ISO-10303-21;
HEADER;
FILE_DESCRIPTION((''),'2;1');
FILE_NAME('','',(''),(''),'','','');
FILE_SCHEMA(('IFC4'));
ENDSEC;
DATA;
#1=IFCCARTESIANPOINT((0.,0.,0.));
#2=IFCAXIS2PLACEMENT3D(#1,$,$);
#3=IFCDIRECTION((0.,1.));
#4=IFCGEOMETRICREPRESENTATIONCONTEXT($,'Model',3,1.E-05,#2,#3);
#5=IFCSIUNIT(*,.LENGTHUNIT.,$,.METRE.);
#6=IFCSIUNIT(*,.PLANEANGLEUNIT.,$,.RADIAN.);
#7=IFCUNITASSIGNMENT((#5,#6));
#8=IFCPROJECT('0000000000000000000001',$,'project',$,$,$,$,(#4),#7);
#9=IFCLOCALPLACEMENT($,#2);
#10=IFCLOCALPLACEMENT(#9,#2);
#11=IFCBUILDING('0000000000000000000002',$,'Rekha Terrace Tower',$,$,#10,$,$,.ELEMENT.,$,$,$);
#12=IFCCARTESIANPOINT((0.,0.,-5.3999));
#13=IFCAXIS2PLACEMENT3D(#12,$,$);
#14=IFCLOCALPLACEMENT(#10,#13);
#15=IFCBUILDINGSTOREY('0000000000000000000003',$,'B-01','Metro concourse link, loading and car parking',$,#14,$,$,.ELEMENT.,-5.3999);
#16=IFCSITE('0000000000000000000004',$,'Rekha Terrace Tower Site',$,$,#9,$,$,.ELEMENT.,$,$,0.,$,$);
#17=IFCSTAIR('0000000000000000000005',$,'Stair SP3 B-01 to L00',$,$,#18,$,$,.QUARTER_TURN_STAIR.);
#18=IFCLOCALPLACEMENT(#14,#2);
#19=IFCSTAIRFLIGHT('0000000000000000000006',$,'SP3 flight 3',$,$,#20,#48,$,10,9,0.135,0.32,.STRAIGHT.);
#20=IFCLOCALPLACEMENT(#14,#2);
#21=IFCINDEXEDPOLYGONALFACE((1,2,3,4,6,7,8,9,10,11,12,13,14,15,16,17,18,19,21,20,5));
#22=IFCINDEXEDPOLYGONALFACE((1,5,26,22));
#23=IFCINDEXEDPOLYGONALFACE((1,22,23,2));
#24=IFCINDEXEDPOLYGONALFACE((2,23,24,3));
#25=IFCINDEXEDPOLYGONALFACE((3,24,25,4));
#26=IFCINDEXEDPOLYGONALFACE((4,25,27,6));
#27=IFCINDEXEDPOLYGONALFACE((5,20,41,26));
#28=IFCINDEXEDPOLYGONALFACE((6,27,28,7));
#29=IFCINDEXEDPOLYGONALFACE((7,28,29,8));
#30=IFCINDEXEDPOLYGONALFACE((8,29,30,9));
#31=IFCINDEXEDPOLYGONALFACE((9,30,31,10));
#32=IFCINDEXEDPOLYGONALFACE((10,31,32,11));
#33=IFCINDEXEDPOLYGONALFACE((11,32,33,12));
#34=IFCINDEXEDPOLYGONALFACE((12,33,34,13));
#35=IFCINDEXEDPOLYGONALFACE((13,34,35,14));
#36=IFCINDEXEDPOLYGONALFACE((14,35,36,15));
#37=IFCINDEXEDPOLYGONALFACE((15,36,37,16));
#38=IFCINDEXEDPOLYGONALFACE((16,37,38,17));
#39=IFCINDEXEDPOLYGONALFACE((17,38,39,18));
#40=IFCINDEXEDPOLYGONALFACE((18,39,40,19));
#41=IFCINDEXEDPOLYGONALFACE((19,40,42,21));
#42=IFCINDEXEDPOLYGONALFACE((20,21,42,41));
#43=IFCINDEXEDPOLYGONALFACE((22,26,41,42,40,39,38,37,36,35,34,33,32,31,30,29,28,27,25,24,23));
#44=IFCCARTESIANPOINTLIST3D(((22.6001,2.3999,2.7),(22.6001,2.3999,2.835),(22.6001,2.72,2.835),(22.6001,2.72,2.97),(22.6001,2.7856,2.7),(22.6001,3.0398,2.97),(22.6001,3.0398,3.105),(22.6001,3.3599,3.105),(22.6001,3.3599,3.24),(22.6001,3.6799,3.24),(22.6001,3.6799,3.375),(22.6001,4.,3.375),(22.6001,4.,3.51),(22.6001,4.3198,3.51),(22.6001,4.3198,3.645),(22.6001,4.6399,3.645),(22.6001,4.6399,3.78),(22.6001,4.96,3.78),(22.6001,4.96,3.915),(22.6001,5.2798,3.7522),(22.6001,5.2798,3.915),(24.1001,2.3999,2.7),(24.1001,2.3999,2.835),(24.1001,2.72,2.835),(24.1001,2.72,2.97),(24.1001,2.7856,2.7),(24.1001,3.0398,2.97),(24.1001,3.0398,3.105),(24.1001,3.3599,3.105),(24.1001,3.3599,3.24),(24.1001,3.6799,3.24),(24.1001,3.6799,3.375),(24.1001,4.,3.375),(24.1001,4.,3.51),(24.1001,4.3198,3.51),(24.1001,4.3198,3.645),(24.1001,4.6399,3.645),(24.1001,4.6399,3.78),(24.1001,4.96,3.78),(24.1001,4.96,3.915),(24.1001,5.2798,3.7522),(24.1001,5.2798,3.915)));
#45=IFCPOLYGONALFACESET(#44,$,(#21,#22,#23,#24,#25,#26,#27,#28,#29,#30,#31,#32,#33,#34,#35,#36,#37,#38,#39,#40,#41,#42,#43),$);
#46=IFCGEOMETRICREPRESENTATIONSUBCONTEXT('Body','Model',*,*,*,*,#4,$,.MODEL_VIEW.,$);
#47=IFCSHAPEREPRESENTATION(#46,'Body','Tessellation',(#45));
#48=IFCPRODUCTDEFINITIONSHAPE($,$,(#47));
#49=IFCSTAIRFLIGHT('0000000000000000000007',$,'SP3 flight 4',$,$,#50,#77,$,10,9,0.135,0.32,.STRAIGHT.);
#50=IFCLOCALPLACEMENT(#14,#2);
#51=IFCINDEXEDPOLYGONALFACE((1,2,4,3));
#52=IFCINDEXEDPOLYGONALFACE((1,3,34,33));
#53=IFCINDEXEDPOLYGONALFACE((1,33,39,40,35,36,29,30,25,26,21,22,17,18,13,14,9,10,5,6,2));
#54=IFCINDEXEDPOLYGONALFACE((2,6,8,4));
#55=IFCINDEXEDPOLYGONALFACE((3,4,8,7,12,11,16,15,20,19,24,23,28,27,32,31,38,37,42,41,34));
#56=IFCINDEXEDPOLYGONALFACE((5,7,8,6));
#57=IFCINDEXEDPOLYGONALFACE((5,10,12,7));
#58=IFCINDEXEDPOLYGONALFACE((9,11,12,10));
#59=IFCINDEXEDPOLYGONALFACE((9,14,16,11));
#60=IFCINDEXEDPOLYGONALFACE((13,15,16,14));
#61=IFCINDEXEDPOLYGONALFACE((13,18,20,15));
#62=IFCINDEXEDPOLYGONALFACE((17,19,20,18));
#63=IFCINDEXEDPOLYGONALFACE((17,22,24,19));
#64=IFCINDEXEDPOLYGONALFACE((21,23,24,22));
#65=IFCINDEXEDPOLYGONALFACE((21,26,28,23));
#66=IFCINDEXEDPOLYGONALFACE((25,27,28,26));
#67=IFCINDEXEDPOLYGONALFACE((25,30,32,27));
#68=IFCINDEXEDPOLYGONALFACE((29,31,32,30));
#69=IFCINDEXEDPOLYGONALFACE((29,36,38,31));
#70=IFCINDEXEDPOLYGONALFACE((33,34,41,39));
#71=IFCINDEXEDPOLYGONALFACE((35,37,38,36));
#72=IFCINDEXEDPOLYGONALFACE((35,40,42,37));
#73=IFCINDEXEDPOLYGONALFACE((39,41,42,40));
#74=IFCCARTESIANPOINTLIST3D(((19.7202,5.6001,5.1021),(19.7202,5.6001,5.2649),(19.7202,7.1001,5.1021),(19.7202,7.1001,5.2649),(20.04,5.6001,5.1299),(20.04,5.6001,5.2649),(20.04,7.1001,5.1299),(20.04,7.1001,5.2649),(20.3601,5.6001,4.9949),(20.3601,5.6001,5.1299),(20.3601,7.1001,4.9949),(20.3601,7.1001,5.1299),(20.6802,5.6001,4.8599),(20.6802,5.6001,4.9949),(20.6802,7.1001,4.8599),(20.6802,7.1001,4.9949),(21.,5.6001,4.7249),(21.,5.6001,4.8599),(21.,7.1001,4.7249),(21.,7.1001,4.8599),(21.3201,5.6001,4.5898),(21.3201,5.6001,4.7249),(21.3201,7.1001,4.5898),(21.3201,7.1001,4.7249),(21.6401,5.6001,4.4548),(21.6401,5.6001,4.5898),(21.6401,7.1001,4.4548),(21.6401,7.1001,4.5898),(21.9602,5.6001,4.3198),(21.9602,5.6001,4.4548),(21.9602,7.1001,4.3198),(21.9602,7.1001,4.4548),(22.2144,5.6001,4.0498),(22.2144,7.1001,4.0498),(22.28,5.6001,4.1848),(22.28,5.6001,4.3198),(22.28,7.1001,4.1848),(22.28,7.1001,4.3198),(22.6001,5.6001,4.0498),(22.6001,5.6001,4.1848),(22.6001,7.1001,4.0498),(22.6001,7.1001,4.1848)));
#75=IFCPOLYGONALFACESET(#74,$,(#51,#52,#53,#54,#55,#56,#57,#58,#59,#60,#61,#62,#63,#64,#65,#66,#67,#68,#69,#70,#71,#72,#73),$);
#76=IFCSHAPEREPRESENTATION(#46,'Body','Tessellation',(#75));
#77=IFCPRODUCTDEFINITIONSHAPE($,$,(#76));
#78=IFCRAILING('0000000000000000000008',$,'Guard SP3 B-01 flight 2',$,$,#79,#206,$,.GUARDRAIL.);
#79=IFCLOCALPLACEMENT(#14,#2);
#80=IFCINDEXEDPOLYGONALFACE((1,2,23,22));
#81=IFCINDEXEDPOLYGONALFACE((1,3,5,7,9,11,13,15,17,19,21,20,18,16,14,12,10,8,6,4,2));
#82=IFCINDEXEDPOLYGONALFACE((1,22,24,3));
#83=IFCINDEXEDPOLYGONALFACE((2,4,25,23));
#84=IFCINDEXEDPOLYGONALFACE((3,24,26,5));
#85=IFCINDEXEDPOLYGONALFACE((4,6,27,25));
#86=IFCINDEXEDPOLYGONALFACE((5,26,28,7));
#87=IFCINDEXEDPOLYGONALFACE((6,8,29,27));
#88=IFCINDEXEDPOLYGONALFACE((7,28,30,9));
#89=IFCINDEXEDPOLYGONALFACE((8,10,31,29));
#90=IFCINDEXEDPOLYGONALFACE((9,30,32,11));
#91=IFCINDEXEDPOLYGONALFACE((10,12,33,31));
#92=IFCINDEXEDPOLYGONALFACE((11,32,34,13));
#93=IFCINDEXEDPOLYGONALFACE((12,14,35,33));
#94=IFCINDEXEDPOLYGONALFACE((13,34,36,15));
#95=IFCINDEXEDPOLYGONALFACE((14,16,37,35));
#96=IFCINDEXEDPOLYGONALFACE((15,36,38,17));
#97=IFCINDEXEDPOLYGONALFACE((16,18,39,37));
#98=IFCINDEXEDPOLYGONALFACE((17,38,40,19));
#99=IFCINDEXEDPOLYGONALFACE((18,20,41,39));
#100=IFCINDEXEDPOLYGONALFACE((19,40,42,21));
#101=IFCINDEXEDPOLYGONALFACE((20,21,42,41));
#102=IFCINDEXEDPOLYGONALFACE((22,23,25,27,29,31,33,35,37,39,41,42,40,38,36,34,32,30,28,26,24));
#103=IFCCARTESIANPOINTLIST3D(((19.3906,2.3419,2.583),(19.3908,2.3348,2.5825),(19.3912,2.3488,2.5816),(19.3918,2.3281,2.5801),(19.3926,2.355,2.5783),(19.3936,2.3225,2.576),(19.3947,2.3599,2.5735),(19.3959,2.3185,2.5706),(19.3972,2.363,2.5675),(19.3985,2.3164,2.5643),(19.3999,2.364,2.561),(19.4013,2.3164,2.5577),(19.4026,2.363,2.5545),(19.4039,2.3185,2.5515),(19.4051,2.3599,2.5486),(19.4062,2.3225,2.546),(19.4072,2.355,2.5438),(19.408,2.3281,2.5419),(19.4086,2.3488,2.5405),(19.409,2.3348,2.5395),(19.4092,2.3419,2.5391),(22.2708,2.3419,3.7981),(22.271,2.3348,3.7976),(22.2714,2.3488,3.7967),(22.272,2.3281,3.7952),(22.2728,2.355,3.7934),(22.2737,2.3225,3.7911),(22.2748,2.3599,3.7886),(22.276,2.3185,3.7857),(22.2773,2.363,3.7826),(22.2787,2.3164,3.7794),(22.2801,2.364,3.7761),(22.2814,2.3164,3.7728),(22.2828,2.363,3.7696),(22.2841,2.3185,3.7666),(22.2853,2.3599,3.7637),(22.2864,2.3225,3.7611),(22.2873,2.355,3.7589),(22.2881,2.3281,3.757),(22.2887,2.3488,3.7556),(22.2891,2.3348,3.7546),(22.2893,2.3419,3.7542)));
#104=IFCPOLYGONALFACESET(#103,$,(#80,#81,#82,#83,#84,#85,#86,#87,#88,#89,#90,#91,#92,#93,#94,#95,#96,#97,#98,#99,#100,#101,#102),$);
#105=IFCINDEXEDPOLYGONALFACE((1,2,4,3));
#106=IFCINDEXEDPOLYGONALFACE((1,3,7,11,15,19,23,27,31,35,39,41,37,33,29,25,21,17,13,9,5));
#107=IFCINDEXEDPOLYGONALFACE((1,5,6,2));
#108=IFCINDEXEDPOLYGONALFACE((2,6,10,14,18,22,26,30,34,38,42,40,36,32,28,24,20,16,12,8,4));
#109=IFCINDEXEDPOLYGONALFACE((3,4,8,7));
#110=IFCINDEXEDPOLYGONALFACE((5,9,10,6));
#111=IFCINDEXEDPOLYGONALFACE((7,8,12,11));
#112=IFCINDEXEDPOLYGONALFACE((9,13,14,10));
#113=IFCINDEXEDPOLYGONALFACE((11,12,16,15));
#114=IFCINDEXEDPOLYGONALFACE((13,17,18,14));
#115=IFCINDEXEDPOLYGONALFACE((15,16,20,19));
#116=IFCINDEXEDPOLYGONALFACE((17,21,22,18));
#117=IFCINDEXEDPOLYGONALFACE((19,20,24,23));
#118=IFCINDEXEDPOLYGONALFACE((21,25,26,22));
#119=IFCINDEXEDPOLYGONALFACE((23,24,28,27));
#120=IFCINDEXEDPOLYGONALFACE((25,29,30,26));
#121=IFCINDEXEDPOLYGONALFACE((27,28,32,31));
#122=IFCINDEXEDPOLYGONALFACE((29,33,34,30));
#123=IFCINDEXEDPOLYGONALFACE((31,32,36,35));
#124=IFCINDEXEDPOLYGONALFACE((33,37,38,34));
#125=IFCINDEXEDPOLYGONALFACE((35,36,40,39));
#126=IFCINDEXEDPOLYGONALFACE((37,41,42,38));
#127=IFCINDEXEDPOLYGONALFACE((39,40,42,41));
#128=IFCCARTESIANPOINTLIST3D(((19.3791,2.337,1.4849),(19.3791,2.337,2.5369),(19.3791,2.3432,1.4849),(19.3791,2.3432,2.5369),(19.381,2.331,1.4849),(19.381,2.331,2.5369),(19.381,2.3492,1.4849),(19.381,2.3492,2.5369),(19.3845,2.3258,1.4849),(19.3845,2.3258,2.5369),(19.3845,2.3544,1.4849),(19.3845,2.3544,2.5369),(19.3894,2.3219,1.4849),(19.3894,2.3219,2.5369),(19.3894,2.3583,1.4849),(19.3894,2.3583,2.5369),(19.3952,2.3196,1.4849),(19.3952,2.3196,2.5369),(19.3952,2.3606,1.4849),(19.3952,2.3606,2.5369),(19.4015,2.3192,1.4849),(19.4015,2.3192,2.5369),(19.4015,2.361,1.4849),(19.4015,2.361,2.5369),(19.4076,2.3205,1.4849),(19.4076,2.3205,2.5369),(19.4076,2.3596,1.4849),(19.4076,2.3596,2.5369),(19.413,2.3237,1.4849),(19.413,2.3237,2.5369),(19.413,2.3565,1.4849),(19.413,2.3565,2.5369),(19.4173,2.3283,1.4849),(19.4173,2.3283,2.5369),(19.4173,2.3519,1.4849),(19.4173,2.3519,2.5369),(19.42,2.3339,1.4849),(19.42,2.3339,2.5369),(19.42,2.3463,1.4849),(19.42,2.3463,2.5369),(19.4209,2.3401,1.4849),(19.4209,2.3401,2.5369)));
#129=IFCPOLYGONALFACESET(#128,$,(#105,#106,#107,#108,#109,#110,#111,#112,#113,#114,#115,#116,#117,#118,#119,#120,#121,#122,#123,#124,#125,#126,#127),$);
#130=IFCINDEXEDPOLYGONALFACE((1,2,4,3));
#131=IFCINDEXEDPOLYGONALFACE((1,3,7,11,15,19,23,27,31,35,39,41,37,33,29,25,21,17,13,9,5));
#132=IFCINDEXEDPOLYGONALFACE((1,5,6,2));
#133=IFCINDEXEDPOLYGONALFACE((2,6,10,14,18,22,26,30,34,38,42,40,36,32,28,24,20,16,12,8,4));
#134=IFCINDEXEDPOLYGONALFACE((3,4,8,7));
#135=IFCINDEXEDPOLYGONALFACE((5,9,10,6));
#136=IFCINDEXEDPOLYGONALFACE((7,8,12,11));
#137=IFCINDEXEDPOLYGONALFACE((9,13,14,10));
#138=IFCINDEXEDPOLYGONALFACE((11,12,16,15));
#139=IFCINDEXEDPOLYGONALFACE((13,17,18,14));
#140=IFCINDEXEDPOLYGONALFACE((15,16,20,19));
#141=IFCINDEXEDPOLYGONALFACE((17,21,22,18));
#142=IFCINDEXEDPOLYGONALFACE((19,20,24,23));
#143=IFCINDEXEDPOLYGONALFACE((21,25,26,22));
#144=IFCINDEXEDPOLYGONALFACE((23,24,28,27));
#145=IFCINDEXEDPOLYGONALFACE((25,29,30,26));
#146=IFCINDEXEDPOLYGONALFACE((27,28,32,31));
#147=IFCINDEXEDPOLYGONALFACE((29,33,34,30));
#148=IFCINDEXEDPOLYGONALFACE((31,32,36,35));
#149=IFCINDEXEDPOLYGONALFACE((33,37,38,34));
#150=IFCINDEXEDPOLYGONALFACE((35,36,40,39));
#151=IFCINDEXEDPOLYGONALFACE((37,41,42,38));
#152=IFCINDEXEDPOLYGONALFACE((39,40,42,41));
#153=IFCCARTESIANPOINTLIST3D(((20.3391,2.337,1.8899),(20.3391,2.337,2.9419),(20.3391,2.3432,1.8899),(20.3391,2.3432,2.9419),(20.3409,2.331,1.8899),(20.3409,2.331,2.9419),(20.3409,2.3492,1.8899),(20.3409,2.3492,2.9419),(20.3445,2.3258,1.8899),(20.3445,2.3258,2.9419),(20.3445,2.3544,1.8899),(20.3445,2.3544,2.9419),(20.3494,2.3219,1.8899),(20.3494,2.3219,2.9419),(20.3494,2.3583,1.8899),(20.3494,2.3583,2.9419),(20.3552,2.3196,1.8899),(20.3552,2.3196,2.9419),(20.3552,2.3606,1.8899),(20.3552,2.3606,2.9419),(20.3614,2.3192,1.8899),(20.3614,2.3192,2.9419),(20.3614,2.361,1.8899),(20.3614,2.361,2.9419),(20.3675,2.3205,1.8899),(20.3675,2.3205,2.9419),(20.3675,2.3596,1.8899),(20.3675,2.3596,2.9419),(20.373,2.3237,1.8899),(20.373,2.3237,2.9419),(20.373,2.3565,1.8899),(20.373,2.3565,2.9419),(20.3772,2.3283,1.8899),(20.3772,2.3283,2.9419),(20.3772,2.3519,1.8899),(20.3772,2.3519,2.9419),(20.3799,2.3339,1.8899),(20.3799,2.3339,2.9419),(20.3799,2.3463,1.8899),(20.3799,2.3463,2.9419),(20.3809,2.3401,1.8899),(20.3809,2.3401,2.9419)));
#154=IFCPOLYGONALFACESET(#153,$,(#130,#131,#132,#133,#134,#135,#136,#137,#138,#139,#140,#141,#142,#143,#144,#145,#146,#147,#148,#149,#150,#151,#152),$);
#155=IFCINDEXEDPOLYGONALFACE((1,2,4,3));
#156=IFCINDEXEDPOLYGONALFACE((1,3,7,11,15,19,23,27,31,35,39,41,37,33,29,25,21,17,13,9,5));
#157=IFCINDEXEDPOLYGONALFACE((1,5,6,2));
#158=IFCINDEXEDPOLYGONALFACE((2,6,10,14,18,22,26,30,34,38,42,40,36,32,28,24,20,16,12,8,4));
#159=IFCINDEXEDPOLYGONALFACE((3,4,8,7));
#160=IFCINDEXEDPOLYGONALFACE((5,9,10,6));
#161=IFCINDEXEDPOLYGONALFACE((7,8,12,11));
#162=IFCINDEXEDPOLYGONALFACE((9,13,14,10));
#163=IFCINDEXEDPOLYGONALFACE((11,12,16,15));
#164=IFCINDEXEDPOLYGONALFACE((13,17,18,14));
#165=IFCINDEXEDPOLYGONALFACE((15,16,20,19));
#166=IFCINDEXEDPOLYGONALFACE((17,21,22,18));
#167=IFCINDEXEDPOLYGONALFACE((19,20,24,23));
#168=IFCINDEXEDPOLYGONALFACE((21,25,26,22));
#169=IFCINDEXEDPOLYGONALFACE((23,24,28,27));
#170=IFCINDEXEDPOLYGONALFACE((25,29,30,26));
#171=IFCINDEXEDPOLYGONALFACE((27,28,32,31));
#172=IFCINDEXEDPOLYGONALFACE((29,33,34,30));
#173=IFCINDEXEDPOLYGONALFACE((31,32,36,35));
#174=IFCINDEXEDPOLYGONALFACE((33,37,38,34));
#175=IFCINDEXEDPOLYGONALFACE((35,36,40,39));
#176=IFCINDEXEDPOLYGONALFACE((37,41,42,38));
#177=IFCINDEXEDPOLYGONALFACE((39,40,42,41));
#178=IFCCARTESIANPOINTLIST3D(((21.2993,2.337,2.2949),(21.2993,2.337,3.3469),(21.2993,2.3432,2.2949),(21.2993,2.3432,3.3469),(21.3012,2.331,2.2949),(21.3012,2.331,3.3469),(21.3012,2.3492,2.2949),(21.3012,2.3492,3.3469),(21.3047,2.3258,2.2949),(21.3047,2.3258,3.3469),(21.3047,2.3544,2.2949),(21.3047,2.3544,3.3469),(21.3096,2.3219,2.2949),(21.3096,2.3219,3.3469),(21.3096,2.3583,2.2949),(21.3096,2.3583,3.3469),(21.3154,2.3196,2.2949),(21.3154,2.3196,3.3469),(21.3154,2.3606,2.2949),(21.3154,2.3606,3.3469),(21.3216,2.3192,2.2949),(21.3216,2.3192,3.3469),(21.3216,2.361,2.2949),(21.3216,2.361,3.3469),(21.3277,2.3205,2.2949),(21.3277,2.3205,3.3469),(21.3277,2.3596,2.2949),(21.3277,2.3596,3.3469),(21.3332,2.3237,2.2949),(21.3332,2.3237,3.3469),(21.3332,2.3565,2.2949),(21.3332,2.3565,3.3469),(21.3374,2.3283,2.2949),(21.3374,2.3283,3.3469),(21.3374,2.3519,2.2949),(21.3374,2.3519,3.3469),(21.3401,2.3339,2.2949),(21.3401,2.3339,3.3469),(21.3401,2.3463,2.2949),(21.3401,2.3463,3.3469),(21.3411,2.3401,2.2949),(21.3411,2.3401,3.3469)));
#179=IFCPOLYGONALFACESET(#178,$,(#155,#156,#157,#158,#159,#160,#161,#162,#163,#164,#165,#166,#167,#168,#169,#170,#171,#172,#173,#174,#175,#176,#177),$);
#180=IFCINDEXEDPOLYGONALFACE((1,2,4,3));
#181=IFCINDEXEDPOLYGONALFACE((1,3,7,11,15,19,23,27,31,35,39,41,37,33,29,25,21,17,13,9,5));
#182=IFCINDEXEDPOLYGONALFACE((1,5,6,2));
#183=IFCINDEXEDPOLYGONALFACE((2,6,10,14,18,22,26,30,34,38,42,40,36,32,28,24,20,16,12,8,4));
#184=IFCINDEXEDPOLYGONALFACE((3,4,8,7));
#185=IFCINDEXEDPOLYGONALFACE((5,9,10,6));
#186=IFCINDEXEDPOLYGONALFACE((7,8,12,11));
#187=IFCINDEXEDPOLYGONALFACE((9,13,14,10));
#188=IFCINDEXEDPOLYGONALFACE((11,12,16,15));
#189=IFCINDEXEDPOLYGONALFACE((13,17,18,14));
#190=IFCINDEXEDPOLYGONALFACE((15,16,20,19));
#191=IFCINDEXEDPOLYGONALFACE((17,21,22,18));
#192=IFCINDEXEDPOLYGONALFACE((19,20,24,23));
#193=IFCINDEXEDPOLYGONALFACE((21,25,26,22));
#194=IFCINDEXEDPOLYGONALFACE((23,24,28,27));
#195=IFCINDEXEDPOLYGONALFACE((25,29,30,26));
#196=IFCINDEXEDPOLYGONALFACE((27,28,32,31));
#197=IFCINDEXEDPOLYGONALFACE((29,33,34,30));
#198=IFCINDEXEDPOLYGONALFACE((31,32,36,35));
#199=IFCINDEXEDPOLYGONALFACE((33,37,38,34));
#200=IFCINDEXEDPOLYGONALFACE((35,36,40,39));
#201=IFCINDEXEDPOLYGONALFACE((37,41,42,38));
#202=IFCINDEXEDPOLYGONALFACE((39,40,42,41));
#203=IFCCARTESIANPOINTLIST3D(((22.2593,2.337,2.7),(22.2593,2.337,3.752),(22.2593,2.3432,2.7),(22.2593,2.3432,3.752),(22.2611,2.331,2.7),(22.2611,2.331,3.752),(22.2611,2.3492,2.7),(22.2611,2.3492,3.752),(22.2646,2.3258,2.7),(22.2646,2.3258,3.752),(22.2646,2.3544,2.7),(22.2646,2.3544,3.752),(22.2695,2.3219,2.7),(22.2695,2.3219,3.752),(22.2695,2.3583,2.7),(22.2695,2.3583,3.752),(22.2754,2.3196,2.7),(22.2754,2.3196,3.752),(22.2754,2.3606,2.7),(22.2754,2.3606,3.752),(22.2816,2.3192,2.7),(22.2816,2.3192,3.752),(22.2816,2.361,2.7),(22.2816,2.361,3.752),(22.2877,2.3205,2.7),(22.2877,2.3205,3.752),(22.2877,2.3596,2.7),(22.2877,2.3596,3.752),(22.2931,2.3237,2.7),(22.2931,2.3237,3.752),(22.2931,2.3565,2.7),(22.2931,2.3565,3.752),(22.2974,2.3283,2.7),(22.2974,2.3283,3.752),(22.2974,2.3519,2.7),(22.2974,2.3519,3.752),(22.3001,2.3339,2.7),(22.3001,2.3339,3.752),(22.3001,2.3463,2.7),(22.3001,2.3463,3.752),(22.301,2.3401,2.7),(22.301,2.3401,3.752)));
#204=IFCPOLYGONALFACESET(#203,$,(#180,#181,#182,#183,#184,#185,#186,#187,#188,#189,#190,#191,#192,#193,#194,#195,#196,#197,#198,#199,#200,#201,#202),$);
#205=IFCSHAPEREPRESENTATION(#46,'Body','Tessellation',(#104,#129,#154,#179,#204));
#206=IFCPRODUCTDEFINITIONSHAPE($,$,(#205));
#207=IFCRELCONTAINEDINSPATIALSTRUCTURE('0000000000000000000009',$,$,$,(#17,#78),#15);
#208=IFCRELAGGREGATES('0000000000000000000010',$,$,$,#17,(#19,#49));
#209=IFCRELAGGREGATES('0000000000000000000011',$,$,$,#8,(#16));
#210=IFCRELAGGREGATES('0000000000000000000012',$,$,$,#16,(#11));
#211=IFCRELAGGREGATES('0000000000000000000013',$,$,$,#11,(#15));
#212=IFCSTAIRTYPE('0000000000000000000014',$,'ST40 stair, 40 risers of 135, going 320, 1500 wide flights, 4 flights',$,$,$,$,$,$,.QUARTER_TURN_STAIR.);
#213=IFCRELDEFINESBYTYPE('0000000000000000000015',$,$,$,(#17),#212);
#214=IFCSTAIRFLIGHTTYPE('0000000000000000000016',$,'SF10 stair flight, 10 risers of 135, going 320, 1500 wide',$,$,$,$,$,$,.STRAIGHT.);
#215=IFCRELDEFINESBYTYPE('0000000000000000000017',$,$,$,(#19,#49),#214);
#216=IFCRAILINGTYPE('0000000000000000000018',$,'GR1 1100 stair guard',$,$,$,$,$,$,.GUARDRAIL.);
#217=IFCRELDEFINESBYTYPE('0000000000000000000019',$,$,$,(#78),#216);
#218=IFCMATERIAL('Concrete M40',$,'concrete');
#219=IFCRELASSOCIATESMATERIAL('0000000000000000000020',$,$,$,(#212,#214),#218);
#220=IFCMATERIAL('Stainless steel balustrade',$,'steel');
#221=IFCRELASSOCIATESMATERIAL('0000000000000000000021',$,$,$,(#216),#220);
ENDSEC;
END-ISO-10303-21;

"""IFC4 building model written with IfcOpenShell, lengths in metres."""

from ifc_helpers import new_model, si_unit, direction, frame, origin, origin_2d, place, context, subcontext, project, spatial, polyline, circle, outline, extrude, material, type_object, element, aggregate, save


model = new_model("IFC4")

# Units and contexts
model_context = context("Model", 3, precision=1e-05, world=origin(), true_north=direction((0.0, 1.0)))
body_context = subcontext(model_context, "Body", "Model", "MODEL_VIEW")
ifc_project = project(units=[si_unit("LENGTHUNIT", "METRE"), si_unit("PLANEANGLEUNIT", "RADIAN")], contexts=[model_context])

# Site, building, storey
site_placement = place(None, origin())
site = spatial("IfcSite", under=ifc_project, at=site_placement, Name="Rekha Terrace Tower Site", CompositionType="ELEMENT", RefElevation=0.0)
building_placement = place(site_placement, origin())
building = spatial("IfcBuilding", under=site, at=building_placement, Name="Rekha Terrace Tower", CompositionType="ELEMENT")
storey_placement = place(building_placement, frame((0.0, 0.0, -5.3999)))
storey = spatial("IfcBuildingStorey", under=building, at=storey_placement, Name="B-01", Description="Metro concourse link, loading and car parking", CompositionType="ELEMENT", Elevation=-5.3999)

# Shared definitions
ifc_material_1 = material(Name="Concrete M40", Category="concrete")

# Stair, stair flights
stair_type = type_object("IfcStairType", Name="ST40 stair, 40 risers of 135, going 320, 1500 wide flights, 4 flights", PredefinedType="QUARTER_TURN_STAIR", material=ifc_material_1)
stair_placement = place(storey_placement, origin())
stair = element("IfcStair", 1, at=stair_placement, inside=storey, type_object=stair_type, Name="Stair SP3 B-01 to L00", PredefinedType="QUARTER_TURN_STAIR")
stair_flight_type = type_object("IfcStairFlightType", Name="SF10 stair flight, 10 risers of 135, going 320, 1500 wide", PredefinedType="STRAIGHT", material=ifc_material_1)
stair_flight_1_placement = place(storey_placement, frame((23.3501, 2.3999, 2.7), z_axis=(0.0, 0.0, 1.0), x_axis=(0.0, 1.0, 0.0)))
stair_flight_1 = element("IfcStairFlight", 2, at=stair_flight_1_placement, type_object=stair_flight_type, Name="SP3 flight 3", NumberOfRisers=10, NumberOfTreads=9, PredefinedType="STRAIGHT", RiserHeight=0.135, TreadLength=0.32, context=body_context, shape_type="SweptSolid", body=[
    extrude(outline(polyline([(0.0, 0.0), (0.0, 0.135), (0.3201, 0.135), (0.3201, 0.27), (0.6399, 0.27), (0.6399, 0.405), (0.96, 0.405), (0.96, 0.54), (1.28, 0.54), (1.28, 0.675), (1.6001, 0.675), (1.6001, 0.8101), (1.9199, 0.8101), (1.9199, 0.9451), (2.24, 0.9451), (2.24, 1.0801), (2.5601, 1.0801), (2.5601, 1.2151), (2.8799, 1.2151), (2.8799, 1.3501), (2.8799, 1.0522), (0.3857, 0.0), (0.0, 0.0)])), frame((0.0, 0.75, 0.0), z_axis=(0.0, -1.0, 0.0), x_axis=(1.0, 0.0, 0.0)), (0.0, 0.0, 1.0), 1.5),
])
stair_flight_2_placement = place(storey_placement, frame((22.6001, 6.3501, 4.0498), z_axis=(0.0, 0.0, 1.0), x_axis=(-1.0, 0.0, 0.0)))
stair_flight_2 = element("IfcStairFlight", 3, at=stair_flight_2_placement, type_object=stair_flight_type, Name="SP3 flight 4", NumberOfRisers=10, NumberOfTreads=9, PredefinedType="STRAIGHT", RiserHeight=0.135, TreadLength=0.32, context=body_context, shape_type="SweptSolid", body=[
    extrude(outline(polyline([(0.0, 0.0), (0.0, 0.135), (0.3201, 0.135), (0.3201, 0.27), (0.6399, 0.27), (0.6399, 0.405), (0.96, 0.405), (0.96, 0.54), (1.28, 0.54), (1.28, 0.675), (1.6001, 0.675), (1.6001, 0.8101), (1.9199, 0.8101), (1.9199, 0.9451), (2.24, 0.9451), (2.24, 1.0801), (2.5601, 1.0801), (2.5601, 1.2151), (2.8799, 1.2151), (2.8799, 1.3501), (2.8799, 1.0522), (0.3857, 0.0), (0.0, 0.0)])), frame((0.0, 0.75, 0.0), z_axis=(0.0, -1.0, 0.0), x_axis=(1.0, 0.0, 0.0)), (0.0, 0.0, 1.0), 1.5),
])
aggregate(stair, [stair_flight_1, stair_flight_2])

# Railing
ifc_material_2 = material(Name="Stainless steel balustrade", Category="steel")
railing_type_1 = type_object("IfcRailingType", Name="GR1 1100 stair guard", PredefinedType="GUARDRAIL", material=ifc_material_2)
railing_1_placement = place(storey_placement, frame((19.3999, 2.3401, 1.4849)))
element("IfcRailing", 4, at=railing_1_placement, inside=storey, type_object=railing_type_1, Name="Guard SP3 B-01 flight 2", PredefinedType="GUARDRAIL", context=body_context, shape_type="SweptSolid", body=[
    extrude(circle(Radius=0.0239, at=origin_2d()), frame((0.0, 0.0, 1.0762), z_axis=(0.92136, 0.0, 0.38871), x_axis=(0.0, 1.0, 0.0)), (0.0, 0.0, 1.0), 3.126),
    extrude(circle(Radius=0.021, at=origin_2d()), origin(), (0.0, 0.0, 1.0), 1.052),
    extrude(circle(Radius=0.021, at=origin_2d()), frame((0.96, 0.0, 0.405)), (0.0, 0.0, 1.0), 1.052),
    extrude(circle(Radius=0.021, at=origin_2d()), frame((1.9202, 0.0, 0.8101)), (0.0, 0.0, 1.0), 1.052),
    extrude(circle(Radius=0.021, at=origin_2d()), frame((2.8801, 0.0, 1.2151)), (0.0, 0.0, 1.0), 1.052),
])

save(model, "model.ifc")
